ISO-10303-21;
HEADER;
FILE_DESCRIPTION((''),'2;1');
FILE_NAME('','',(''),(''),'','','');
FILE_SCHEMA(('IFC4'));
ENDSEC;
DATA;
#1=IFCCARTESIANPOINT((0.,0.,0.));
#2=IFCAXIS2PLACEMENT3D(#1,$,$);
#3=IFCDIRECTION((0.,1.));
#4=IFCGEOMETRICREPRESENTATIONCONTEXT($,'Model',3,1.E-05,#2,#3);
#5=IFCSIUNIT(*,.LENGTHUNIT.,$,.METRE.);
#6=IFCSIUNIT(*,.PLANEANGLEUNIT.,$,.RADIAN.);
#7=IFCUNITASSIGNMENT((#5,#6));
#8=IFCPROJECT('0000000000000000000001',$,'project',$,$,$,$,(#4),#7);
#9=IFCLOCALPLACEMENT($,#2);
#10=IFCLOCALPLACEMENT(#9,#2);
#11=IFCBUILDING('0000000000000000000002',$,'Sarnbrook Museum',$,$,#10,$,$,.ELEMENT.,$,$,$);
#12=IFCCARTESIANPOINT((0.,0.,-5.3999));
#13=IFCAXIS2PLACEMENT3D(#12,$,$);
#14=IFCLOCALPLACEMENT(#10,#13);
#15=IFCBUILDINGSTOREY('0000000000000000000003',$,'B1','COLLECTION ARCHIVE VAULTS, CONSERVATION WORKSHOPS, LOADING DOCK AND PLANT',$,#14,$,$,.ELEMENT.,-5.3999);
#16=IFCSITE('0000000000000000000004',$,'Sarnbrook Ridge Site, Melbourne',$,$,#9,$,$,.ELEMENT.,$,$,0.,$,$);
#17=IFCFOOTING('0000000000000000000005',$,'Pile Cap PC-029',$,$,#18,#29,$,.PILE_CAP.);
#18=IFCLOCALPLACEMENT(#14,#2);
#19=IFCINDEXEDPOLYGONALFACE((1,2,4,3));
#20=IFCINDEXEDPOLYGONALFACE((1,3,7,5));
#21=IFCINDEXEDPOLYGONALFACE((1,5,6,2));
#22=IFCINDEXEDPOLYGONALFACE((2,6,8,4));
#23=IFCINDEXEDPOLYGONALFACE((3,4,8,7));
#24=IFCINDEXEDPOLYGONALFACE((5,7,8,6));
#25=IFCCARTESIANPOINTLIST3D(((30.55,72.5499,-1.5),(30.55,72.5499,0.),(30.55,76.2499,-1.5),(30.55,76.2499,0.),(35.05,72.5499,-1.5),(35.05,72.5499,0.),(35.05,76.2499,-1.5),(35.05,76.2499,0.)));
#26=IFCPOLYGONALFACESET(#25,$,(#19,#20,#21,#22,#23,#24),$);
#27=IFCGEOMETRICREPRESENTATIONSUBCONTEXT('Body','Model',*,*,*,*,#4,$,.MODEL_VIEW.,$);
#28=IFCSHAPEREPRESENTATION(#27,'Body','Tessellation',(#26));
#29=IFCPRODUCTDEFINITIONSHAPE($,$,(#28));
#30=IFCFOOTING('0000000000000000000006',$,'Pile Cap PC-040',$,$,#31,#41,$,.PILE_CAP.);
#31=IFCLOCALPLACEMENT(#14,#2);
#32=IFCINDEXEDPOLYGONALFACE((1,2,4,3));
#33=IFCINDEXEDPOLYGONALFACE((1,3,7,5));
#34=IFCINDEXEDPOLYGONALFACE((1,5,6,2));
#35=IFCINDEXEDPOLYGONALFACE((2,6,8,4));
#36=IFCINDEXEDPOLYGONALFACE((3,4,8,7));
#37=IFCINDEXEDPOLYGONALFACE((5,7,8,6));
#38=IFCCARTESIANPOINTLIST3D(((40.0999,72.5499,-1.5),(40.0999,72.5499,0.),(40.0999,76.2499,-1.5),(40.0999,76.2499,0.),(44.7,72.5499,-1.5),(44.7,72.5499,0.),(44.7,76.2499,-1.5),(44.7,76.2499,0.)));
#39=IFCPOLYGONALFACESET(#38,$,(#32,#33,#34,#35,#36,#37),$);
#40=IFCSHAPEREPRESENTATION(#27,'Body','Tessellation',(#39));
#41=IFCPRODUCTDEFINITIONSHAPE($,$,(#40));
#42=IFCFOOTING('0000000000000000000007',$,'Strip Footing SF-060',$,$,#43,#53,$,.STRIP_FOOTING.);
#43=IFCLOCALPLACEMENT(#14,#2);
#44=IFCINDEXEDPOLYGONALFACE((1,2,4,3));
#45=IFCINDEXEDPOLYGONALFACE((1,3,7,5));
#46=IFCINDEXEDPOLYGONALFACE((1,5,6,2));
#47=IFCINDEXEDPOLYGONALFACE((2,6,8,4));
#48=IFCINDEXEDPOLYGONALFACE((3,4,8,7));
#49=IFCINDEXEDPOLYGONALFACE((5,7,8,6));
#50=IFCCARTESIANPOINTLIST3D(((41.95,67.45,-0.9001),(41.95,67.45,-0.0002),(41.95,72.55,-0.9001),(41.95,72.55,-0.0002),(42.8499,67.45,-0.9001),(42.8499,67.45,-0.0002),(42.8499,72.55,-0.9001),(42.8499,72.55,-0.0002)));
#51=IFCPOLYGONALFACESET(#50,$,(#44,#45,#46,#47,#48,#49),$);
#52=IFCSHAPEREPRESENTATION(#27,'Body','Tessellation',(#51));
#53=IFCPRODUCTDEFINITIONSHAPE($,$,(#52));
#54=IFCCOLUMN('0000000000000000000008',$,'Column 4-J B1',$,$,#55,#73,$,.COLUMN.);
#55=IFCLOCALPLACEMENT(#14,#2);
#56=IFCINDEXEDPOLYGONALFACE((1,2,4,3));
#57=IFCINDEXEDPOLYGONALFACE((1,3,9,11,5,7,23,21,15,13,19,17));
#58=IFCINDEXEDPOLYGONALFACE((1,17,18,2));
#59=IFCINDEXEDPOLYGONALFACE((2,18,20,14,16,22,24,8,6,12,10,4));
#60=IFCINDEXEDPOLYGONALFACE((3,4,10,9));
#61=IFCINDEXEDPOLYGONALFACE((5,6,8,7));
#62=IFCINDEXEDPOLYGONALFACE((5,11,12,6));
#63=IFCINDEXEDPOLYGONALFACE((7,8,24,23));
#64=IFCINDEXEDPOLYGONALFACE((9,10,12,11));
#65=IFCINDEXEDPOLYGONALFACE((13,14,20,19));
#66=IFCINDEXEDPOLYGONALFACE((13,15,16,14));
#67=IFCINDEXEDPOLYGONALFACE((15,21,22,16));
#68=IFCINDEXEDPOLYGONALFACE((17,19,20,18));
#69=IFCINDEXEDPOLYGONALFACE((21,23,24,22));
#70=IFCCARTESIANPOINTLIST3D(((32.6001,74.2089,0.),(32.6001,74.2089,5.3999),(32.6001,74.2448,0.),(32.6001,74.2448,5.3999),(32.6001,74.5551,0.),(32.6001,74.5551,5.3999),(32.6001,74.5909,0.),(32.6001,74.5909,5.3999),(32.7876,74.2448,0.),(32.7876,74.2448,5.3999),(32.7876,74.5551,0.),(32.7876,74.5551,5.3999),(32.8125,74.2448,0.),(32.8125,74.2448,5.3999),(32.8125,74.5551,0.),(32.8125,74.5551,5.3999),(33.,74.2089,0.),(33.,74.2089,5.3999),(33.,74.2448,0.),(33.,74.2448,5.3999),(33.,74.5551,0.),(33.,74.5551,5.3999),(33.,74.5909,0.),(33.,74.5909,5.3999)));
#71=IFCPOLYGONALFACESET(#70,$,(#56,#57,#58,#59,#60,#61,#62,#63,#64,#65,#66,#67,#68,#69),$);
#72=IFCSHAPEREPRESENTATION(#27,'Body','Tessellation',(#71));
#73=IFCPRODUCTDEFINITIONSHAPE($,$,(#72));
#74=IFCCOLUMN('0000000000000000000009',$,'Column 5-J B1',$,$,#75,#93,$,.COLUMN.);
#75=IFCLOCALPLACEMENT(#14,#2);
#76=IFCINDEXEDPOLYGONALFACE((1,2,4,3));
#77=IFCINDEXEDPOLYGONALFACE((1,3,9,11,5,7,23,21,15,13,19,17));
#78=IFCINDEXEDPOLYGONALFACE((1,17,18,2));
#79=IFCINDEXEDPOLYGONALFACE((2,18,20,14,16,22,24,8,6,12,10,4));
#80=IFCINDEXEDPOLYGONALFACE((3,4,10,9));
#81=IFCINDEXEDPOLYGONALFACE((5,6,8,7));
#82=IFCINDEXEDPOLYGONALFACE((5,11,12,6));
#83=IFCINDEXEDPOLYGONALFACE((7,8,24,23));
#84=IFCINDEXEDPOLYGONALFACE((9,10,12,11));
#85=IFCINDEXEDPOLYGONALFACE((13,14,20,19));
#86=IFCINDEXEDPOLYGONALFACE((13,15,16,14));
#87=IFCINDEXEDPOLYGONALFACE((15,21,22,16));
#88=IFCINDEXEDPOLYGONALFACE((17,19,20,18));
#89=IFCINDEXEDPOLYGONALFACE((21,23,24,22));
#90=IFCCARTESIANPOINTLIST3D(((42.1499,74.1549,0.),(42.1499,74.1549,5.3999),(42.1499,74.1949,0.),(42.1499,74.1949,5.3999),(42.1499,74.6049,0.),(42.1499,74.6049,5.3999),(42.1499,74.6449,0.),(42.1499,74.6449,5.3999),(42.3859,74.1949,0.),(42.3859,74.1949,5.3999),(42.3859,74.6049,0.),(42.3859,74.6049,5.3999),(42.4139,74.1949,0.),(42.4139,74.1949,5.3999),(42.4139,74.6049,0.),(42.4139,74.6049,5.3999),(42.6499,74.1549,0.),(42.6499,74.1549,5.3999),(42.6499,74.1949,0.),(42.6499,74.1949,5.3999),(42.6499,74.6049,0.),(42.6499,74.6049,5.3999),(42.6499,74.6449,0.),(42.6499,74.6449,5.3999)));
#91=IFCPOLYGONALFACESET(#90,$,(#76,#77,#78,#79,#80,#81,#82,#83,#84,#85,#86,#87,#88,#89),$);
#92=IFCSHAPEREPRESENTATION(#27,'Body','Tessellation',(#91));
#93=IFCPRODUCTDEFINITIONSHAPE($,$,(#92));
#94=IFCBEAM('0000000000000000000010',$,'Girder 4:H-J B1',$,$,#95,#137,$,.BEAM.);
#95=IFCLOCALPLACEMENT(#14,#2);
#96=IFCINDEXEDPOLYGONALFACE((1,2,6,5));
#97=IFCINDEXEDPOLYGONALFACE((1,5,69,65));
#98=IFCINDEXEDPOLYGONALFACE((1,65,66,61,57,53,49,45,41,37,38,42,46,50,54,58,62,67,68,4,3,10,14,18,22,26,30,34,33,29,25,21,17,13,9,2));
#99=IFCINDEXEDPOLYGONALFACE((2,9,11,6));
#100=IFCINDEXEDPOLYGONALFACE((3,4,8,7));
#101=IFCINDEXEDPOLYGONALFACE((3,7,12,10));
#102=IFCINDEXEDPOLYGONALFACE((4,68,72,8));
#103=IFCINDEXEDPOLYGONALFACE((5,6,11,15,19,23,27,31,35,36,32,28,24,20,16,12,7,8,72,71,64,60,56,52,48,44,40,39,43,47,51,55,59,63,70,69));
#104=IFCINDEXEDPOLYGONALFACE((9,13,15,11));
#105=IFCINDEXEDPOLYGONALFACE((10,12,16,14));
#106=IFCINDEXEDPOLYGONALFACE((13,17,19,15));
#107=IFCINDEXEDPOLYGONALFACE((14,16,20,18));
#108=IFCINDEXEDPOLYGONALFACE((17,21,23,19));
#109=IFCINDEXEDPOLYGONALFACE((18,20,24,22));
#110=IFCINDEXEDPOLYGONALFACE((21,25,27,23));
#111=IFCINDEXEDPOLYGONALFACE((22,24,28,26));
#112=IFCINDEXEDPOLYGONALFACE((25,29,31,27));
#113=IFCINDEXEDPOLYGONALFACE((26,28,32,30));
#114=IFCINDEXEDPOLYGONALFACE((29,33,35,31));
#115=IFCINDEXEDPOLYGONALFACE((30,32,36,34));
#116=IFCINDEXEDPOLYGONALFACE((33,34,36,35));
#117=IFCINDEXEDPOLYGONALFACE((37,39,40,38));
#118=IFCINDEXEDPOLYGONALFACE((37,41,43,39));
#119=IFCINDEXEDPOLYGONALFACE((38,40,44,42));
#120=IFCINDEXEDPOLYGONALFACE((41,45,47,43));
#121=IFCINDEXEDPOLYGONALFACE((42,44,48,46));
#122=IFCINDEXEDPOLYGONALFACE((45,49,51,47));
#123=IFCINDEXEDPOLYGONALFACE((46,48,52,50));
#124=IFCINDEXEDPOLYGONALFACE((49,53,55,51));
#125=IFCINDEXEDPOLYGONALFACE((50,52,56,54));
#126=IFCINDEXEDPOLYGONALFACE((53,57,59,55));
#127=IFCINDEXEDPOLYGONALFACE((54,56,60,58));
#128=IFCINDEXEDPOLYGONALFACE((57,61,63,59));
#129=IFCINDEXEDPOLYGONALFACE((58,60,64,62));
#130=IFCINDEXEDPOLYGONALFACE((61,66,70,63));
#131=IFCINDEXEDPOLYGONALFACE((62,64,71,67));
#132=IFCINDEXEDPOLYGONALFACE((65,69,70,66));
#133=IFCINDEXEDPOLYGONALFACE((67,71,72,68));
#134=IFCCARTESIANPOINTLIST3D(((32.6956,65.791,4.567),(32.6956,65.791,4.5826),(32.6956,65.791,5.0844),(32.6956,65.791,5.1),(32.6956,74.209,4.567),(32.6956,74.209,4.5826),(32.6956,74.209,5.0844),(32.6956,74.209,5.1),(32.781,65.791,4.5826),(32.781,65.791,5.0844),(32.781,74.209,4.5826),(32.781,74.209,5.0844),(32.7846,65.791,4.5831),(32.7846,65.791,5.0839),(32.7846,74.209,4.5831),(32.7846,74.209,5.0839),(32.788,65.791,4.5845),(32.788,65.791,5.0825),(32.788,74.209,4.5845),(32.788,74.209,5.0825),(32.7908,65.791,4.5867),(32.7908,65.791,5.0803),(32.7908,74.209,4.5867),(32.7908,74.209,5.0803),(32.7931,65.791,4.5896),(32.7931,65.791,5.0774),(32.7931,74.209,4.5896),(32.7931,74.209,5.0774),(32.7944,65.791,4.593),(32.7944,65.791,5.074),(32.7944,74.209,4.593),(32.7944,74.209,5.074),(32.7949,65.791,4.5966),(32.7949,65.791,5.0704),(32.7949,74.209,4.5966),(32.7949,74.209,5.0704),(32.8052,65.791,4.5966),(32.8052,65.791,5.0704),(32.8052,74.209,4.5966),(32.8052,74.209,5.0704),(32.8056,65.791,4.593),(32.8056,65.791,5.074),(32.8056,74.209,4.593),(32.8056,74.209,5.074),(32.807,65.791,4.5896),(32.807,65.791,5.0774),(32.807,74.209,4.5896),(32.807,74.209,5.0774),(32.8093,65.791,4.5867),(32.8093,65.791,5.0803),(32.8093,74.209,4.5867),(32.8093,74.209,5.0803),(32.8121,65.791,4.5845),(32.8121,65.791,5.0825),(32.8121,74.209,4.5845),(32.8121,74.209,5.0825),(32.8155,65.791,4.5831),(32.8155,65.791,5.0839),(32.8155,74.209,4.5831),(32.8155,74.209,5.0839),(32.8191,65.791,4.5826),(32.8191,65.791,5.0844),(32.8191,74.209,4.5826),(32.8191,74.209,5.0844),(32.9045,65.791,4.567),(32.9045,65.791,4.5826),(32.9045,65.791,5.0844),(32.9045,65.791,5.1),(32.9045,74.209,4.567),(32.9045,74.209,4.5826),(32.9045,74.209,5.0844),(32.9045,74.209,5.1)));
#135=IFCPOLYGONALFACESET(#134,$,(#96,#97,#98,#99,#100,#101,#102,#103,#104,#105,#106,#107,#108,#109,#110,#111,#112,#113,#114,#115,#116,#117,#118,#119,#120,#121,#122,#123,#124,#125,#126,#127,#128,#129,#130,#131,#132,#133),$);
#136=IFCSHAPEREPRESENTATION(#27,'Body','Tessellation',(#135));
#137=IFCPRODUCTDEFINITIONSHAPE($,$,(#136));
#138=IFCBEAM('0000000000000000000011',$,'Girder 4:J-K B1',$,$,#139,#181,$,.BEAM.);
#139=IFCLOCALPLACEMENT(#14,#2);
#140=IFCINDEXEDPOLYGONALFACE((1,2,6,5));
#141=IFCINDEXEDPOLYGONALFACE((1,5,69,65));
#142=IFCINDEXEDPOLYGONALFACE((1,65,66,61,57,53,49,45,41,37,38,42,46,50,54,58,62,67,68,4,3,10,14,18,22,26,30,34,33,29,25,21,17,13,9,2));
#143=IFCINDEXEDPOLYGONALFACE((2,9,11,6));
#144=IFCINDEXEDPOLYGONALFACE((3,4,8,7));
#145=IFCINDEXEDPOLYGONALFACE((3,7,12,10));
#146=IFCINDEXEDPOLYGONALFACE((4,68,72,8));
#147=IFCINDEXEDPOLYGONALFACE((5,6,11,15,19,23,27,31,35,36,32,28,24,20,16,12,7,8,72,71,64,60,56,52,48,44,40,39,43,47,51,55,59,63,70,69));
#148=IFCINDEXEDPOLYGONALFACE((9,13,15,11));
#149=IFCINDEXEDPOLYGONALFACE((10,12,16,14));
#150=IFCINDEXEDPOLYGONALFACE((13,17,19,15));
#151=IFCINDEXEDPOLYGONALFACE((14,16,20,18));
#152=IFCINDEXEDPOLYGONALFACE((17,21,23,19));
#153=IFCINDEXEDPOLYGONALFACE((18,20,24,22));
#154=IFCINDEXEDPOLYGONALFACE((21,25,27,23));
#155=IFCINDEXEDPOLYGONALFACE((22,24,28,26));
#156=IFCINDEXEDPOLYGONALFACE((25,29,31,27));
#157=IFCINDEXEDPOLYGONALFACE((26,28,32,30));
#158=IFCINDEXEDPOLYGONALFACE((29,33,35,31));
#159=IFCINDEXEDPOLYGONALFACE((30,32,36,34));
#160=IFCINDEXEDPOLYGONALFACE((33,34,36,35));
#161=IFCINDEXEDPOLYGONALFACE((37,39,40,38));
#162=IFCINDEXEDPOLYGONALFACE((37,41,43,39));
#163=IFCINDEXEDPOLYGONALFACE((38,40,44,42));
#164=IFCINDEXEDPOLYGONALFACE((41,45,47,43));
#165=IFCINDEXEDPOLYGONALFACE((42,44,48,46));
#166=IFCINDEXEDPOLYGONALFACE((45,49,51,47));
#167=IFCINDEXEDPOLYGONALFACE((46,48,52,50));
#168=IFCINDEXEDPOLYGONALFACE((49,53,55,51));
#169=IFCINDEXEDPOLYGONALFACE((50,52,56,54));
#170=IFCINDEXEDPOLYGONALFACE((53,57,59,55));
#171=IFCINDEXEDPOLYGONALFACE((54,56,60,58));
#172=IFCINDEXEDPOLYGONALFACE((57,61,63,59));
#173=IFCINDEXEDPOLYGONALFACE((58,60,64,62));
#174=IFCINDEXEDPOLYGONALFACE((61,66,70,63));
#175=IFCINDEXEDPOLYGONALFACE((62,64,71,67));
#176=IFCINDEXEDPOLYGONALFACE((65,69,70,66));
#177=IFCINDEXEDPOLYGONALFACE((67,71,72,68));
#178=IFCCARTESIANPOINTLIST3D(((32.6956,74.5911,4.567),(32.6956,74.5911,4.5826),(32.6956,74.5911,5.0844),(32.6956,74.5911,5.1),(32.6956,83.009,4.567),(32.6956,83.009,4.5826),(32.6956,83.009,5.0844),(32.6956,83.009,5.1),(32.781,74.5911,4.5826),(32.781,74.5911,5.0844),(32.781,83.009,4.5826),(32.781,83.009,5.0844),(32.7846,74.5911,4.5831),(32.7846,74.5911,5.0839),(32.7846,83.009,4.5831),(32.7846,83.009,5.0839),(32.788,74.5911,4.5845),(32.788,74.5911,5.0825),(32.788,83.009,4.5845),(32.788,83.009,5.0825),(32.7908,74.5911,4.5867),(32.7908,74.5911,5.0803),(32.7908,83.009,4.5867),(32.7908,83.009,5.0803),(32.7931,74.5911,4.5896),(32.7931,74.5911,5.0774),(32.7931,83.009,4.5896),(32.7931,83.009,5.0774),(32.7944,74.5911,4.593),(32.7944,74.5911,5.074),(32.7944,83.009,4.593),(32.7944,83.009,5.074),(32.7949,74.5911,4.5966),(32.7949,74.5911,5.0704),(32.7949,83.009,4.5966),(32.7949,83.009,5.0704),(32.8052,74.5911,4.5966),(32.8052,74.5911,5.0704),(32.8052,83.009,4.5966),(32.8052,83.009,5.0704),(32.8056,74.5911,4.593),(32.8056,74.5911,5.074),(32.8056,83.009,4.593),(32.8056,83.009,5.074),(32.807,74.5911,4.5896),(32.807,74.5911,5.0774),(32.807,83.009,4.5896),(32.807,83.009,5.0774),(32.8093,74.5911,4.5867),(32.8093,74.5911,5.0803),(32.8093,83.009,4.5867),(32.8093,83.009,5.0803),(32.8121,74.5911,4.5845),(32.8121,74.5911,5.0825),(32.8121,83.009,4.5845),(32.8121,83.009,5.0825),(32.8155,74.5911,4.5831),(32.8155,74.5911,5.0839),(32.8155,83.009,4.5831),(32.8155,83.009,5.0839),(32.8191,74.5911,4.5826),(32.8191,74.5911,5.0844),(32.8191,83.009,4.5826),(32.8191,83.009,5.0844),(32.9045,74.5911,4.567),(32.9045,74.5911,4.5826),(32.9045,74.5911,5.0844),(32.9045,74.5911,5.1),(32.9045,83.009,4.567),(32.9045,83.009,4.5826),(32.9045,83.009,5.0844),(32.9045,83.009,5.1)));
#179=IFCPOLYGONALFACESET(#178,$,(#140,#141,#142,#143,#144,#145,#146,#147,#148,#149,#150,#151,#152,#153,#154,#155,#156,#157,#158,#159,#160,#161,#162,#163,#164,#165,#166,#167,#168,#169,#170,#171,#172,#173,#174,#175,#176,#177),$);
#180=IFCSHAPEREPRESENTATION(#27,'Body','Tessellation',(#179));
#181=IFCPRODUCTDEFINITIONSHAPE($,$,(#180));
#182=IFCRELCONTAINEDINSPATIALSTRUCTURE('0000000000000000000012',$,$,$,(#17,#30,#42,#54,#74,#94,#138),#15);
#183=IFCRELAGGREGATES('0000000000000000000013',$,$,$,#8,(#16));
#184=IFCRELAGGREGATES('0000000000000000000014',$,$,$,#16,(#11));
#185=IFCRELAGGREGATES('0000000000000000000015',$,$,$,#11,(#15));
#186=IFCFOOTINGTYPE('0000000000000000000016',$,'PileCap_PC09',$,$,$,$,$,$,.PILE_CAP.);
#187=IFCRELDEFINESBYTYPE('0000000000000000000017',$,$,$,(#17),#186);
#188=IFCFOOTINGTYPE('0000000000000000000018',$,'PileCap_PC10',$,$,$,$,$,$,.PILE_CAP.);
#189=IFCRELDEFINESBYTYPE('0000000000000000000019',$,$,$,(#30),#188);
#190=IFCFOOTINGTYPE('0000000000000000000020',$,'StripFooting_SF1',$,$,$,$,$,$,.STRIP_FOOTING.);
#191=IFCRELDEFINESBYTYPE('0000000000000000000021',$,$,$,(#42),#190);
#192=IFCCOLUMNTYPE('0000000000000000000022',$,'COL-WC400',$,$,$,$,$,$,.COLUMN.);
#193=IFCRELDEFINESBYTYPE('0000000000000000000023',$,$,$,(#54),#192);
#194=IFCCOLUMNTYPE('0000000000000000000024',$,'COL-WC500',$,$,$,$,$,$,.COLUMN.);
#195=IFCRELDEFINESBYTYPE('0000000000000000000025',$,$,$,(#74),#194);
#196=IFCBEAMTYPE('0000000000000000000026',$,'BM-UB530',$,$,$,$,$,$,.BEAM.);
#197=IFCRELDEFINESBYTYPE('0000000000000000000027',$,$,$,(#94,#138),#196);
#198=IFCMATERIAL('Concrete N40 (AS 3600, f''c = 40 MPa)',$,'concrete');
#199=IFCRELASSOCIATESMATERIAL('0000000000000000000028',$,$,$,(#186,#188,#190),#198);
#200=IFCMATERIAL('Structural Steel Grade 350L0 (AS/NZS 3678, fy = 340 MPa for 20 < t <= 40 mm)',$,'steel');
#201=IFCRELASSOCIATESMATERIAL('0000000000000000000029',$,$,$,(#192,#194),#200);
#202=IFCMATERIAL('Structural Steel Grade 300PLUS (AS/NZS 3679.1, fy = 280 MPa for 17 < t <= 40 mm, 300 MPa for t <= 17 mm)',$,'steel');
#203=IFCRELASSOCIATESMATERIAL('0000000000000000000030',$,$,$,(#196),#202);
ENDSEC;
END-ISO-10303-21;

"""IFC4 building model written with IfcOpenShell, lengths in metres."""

from ifc_helpers import new_model, si_unit, direction, frame, origin, origin_2d, place, context, subcontext, project, spatial, rectangle, i_section, extrude, material, material_profile, profile_set, type_object, element, save


model = new_model("IFC4")

# Units and contexts
model_context = context("Model", 3, precision=1e-05, world=origin(), true_north=direction((0.0, 1.0)))
body_context = subcontext(model_context, "Body", "Model", "MODEL_VIEW")
ifc_project = project(units=[si_unit("LENGTHUNIT", "METRE"), si_unit("PLANEANGLEUNIT", "RADIAN")], contexts=[model_context])

# Site, building, storey
site_placement = place(None, origin())
site = spatial("IfcSite", under=ifc_project, at=site_placement, Name="Sarnbrook Ridge Site, Melbourne", CompositionType="ELEMENT", RefElevation=0.0)
building_placement = place(site_placement, origin())
building = spatial("IfcBuilding", under=site, at=building_placement, Name="Sarnbrook Museum", CompositionType="ELEMENT")
storey_placement = place(building_placement, frame((0.0, 0.0, -5.3999)))
storey = spatial("IfcBuildingStorey", under=building, at=storey_placement, Name="B1", Description="COLLECTION ARCHIVE VAULTS, CONSERVATION WORKSHOPS, LOADING DOCK AND PLANT", CompositionType="ELEMENT", Elevation=-5.3999)

# Footings
ifc_material_1 = material(Name="Concrete N40 (AS 3600, f'c = 40 MPa)", Category="concrete")
footing_type_1 = type_object("IfcFootingType", Name="PileCap_PC09", PredefinedType="PILE_CAP", material=ifc_material_1)
footing_1_placement = place(storey_placement, frame((32.8, 74.3999, -1.5), z_axis=(0.0, 0.0, 1.0), x_axis=(1.0, 0.0, 0.0)))
element("IfcFooting", 1, at=footing_1_placement, inside=storey, type_object=footing_type_1, Name="Pile Cap PC-029", PredefinedType="PILE_CAP", context=body_context, shape_type="SweptSolid", body=[
    extrude(rectangle(XDim=4.5, YDim=3.7, at=origin_2d()), origin(), (0.0, 0.0, 1.0), 1.5),
])
footing_type_2 = type_object("IfcFootingType", Name="PileCap_PC10", PredefinedType="PILE_CAP", material=ifc_material_1)
footing_2_placement = place(storey_placement, frame((42.3999, 74.3999, -1.5), z_axis=(0.0, 0.0, 1.0), x_axis=(1.0, 0.0, 0.0)))
element("IfcFooting", 2, at=footing_2_placement, inside=storey, type_object=footing_type_2, Name="Pile Cap PC-040", PredefinedType="PILE_CAP", context=body_context, shape_type="SweptSolid", body=[
    extrude(rectangle(XDim=4.6001, YDim=3.7, at=origin_2d()), origin(), (0.0, 0.0, 1.0), 1.5),
])
footing_type_3 = type_object("IfcFootingType", Name="StripFooting_SF1", PredefinedType="STRIP_FOOTING", material=ifc_material_1)
footing_3_placement = place(storey_placement, frame((42.3999, 70.0, -0.9001), z_axis=(0.0, 0.0, 1.0), x_axis=(1.0, 0.0, 0.0)))
element("IfcFooting", 3, at=footing_3_placement, inside=storey, type_object=footing_type_3, Name="Strip Footing SF-060", PredefinedType="STRIP_FOOTING", context=body_context, shape_type="SweptSolid", body=[
    extrude(rectangle(XDim=0.8999, YDim=5.1001, at=origin_2d()), origin(), (0.0, 0.0, 1.0), 0.8999),
])

# Columns
ifc_material_2 = material(Name="Structural Steel Grade 350L0 (AS/NZS 3678, fy = 340 MPa for 20 < t <= 40 mm)", Category="steel")
ifc_material_profile_1 = material_profile(ifc_material_2, i_section(OverallWidth=0.3999, OverallDepth=0.3821, WebThickness=0.0249, FlangeThickness=0.0359, at=origin_2d()), Name="400WC270")
ifc_profile_set_1 = profile_set([ifc_material_profile_1], Name="Structural Steel Grade 350L0 (AS/NZS 3678, fy = 340 MPa for 20 < t <= 40 mm)")
column_type_1 = type_object("IfcColumnType", Name="COL-WC400", PredefinedType="COLUMN", material=ifc_profile_set_1)
column_1_placement = place(storey_placement, frame((32.8, 74.3999, 0.0), z_axis=(0.0, 0.0, 1.0), x_axis=(1.0, 0.0, 0.0)))
element("IfcColumn", 4, at=column_1_placement, inside=storey, type_object=column_type_1, Name="Column 4-J B1", PredefinedType="COLUMN", context=body_context, shape_type="SweptSolid", body=[
    extrude(i_section(OverallWidth=0.3999, OverallDepth=0.3821, WebThickness=0.0249, FlangeThickness=0.0359, at=origin_2d()), origin(), (0.0, 0.0, 1.0), 5.3999),
])
ifc_material_profile_2 = material_profile(ifc_material_2, i_section(OverallWidth=0.5, OverallDepth=0.49, WebThickness=0.0281, FlangeThickness=0.04, at=origin_2d()), Name="500WC340")
ifc_profile_set_2 = profile_set([ifc_material_profile_2], Name="Structural Steel Grade 350L0 (AS/NZS 3678, fy = 340 MPa for 20 < t <= 40 mm)")
column_type_2 = type_object("IfcColumnType", Name="COL-WC500", PredefinedType="COLUMN", material=ifc_profile_set_2)
column_2_placement = place(storey_placement, frame((42.3999, 74.3999, 0.0), z_axis=(0.0, 0.0, 1.0), x_axis=(1.0, 0.0, 0.0)))
element("IfcColumn", 5, at=column_2_placement, inside=storey, type_object=column_type_2, Name="Column 5-J B1", PredefinedType="COLUMN", context=body_context, shape_type="SweptSolid", body=[
    extrude(i_section(OverallWidth=0.5, OverallDepth=0.49, WebThickness=0.0281, FlangeThickness=0.04, at=origin_2d()), origin(), (0.0, 0.0, 1.0), 5.3999),
])

# Beams
ifc_material_3 = material(Name="Structural Steel Grade 300PLUS (AS/NZS 3679.1, fy = 280 MPa for 17 < t <= 40 mm, 300 MPa for t <= 17 mm)", Category="steel")
ifc_material_profile_3 = material_profile(ifc_material_3, i_section(OverallWidth=0.209, OverallDepth=0.533, WebThickness=0.0103, FlangeThickness=0.0156, FilletRadius=0.0139, at=origin_2d()), Name="530UB92.4")
ifc_profile_set_3 = profile_set([ifc_material_profile_3], Name="Structural Steel Grade 300PLUS (AS/NZS 3679.1, fy = 280 MPa for 17 < t <= 40 mm, 300 MPa for t <= 17 mm)")
beam_type_1 = type_object("IfcBeamType", Name="BM-UB530", PredefinedType="BEAM", material=ifc_profile_set_3)
for number, where, z_axis, x_axis, name in (
    (6, (32.8, 65.791, 4.8335), (0.0, 1.0, 0.0), (-1.0, 0.0, 0.0), "Girder 4:H-J B1"),
    (7, (32.8, 74.5911, 4.8335), (0.0, 1.0, 0.0), (-1.0, 0.0, 0.0), "Girder 4:J-K B1"),
):
    element("IfcBeam", number, at=place(storey_placement, frame(where, z_axis=z_axis, x_axis=x_axis)), inside=storey, type_object=beam_type_1, Name=name, PredefinedType="BEAM", context=body_context, shape_type="SweptSolid", body=[
        extrude(i_section(OverallWidth=0.209, OverallDepth=0.533, WebThickness=0.0103, FlangeThickness=0.0156, FilletRadius=0.0139, at=origin_2d()), origin(), (0.0, 0.0, 1.0), 8.418),
    ])

save(model, "model.ifc")
